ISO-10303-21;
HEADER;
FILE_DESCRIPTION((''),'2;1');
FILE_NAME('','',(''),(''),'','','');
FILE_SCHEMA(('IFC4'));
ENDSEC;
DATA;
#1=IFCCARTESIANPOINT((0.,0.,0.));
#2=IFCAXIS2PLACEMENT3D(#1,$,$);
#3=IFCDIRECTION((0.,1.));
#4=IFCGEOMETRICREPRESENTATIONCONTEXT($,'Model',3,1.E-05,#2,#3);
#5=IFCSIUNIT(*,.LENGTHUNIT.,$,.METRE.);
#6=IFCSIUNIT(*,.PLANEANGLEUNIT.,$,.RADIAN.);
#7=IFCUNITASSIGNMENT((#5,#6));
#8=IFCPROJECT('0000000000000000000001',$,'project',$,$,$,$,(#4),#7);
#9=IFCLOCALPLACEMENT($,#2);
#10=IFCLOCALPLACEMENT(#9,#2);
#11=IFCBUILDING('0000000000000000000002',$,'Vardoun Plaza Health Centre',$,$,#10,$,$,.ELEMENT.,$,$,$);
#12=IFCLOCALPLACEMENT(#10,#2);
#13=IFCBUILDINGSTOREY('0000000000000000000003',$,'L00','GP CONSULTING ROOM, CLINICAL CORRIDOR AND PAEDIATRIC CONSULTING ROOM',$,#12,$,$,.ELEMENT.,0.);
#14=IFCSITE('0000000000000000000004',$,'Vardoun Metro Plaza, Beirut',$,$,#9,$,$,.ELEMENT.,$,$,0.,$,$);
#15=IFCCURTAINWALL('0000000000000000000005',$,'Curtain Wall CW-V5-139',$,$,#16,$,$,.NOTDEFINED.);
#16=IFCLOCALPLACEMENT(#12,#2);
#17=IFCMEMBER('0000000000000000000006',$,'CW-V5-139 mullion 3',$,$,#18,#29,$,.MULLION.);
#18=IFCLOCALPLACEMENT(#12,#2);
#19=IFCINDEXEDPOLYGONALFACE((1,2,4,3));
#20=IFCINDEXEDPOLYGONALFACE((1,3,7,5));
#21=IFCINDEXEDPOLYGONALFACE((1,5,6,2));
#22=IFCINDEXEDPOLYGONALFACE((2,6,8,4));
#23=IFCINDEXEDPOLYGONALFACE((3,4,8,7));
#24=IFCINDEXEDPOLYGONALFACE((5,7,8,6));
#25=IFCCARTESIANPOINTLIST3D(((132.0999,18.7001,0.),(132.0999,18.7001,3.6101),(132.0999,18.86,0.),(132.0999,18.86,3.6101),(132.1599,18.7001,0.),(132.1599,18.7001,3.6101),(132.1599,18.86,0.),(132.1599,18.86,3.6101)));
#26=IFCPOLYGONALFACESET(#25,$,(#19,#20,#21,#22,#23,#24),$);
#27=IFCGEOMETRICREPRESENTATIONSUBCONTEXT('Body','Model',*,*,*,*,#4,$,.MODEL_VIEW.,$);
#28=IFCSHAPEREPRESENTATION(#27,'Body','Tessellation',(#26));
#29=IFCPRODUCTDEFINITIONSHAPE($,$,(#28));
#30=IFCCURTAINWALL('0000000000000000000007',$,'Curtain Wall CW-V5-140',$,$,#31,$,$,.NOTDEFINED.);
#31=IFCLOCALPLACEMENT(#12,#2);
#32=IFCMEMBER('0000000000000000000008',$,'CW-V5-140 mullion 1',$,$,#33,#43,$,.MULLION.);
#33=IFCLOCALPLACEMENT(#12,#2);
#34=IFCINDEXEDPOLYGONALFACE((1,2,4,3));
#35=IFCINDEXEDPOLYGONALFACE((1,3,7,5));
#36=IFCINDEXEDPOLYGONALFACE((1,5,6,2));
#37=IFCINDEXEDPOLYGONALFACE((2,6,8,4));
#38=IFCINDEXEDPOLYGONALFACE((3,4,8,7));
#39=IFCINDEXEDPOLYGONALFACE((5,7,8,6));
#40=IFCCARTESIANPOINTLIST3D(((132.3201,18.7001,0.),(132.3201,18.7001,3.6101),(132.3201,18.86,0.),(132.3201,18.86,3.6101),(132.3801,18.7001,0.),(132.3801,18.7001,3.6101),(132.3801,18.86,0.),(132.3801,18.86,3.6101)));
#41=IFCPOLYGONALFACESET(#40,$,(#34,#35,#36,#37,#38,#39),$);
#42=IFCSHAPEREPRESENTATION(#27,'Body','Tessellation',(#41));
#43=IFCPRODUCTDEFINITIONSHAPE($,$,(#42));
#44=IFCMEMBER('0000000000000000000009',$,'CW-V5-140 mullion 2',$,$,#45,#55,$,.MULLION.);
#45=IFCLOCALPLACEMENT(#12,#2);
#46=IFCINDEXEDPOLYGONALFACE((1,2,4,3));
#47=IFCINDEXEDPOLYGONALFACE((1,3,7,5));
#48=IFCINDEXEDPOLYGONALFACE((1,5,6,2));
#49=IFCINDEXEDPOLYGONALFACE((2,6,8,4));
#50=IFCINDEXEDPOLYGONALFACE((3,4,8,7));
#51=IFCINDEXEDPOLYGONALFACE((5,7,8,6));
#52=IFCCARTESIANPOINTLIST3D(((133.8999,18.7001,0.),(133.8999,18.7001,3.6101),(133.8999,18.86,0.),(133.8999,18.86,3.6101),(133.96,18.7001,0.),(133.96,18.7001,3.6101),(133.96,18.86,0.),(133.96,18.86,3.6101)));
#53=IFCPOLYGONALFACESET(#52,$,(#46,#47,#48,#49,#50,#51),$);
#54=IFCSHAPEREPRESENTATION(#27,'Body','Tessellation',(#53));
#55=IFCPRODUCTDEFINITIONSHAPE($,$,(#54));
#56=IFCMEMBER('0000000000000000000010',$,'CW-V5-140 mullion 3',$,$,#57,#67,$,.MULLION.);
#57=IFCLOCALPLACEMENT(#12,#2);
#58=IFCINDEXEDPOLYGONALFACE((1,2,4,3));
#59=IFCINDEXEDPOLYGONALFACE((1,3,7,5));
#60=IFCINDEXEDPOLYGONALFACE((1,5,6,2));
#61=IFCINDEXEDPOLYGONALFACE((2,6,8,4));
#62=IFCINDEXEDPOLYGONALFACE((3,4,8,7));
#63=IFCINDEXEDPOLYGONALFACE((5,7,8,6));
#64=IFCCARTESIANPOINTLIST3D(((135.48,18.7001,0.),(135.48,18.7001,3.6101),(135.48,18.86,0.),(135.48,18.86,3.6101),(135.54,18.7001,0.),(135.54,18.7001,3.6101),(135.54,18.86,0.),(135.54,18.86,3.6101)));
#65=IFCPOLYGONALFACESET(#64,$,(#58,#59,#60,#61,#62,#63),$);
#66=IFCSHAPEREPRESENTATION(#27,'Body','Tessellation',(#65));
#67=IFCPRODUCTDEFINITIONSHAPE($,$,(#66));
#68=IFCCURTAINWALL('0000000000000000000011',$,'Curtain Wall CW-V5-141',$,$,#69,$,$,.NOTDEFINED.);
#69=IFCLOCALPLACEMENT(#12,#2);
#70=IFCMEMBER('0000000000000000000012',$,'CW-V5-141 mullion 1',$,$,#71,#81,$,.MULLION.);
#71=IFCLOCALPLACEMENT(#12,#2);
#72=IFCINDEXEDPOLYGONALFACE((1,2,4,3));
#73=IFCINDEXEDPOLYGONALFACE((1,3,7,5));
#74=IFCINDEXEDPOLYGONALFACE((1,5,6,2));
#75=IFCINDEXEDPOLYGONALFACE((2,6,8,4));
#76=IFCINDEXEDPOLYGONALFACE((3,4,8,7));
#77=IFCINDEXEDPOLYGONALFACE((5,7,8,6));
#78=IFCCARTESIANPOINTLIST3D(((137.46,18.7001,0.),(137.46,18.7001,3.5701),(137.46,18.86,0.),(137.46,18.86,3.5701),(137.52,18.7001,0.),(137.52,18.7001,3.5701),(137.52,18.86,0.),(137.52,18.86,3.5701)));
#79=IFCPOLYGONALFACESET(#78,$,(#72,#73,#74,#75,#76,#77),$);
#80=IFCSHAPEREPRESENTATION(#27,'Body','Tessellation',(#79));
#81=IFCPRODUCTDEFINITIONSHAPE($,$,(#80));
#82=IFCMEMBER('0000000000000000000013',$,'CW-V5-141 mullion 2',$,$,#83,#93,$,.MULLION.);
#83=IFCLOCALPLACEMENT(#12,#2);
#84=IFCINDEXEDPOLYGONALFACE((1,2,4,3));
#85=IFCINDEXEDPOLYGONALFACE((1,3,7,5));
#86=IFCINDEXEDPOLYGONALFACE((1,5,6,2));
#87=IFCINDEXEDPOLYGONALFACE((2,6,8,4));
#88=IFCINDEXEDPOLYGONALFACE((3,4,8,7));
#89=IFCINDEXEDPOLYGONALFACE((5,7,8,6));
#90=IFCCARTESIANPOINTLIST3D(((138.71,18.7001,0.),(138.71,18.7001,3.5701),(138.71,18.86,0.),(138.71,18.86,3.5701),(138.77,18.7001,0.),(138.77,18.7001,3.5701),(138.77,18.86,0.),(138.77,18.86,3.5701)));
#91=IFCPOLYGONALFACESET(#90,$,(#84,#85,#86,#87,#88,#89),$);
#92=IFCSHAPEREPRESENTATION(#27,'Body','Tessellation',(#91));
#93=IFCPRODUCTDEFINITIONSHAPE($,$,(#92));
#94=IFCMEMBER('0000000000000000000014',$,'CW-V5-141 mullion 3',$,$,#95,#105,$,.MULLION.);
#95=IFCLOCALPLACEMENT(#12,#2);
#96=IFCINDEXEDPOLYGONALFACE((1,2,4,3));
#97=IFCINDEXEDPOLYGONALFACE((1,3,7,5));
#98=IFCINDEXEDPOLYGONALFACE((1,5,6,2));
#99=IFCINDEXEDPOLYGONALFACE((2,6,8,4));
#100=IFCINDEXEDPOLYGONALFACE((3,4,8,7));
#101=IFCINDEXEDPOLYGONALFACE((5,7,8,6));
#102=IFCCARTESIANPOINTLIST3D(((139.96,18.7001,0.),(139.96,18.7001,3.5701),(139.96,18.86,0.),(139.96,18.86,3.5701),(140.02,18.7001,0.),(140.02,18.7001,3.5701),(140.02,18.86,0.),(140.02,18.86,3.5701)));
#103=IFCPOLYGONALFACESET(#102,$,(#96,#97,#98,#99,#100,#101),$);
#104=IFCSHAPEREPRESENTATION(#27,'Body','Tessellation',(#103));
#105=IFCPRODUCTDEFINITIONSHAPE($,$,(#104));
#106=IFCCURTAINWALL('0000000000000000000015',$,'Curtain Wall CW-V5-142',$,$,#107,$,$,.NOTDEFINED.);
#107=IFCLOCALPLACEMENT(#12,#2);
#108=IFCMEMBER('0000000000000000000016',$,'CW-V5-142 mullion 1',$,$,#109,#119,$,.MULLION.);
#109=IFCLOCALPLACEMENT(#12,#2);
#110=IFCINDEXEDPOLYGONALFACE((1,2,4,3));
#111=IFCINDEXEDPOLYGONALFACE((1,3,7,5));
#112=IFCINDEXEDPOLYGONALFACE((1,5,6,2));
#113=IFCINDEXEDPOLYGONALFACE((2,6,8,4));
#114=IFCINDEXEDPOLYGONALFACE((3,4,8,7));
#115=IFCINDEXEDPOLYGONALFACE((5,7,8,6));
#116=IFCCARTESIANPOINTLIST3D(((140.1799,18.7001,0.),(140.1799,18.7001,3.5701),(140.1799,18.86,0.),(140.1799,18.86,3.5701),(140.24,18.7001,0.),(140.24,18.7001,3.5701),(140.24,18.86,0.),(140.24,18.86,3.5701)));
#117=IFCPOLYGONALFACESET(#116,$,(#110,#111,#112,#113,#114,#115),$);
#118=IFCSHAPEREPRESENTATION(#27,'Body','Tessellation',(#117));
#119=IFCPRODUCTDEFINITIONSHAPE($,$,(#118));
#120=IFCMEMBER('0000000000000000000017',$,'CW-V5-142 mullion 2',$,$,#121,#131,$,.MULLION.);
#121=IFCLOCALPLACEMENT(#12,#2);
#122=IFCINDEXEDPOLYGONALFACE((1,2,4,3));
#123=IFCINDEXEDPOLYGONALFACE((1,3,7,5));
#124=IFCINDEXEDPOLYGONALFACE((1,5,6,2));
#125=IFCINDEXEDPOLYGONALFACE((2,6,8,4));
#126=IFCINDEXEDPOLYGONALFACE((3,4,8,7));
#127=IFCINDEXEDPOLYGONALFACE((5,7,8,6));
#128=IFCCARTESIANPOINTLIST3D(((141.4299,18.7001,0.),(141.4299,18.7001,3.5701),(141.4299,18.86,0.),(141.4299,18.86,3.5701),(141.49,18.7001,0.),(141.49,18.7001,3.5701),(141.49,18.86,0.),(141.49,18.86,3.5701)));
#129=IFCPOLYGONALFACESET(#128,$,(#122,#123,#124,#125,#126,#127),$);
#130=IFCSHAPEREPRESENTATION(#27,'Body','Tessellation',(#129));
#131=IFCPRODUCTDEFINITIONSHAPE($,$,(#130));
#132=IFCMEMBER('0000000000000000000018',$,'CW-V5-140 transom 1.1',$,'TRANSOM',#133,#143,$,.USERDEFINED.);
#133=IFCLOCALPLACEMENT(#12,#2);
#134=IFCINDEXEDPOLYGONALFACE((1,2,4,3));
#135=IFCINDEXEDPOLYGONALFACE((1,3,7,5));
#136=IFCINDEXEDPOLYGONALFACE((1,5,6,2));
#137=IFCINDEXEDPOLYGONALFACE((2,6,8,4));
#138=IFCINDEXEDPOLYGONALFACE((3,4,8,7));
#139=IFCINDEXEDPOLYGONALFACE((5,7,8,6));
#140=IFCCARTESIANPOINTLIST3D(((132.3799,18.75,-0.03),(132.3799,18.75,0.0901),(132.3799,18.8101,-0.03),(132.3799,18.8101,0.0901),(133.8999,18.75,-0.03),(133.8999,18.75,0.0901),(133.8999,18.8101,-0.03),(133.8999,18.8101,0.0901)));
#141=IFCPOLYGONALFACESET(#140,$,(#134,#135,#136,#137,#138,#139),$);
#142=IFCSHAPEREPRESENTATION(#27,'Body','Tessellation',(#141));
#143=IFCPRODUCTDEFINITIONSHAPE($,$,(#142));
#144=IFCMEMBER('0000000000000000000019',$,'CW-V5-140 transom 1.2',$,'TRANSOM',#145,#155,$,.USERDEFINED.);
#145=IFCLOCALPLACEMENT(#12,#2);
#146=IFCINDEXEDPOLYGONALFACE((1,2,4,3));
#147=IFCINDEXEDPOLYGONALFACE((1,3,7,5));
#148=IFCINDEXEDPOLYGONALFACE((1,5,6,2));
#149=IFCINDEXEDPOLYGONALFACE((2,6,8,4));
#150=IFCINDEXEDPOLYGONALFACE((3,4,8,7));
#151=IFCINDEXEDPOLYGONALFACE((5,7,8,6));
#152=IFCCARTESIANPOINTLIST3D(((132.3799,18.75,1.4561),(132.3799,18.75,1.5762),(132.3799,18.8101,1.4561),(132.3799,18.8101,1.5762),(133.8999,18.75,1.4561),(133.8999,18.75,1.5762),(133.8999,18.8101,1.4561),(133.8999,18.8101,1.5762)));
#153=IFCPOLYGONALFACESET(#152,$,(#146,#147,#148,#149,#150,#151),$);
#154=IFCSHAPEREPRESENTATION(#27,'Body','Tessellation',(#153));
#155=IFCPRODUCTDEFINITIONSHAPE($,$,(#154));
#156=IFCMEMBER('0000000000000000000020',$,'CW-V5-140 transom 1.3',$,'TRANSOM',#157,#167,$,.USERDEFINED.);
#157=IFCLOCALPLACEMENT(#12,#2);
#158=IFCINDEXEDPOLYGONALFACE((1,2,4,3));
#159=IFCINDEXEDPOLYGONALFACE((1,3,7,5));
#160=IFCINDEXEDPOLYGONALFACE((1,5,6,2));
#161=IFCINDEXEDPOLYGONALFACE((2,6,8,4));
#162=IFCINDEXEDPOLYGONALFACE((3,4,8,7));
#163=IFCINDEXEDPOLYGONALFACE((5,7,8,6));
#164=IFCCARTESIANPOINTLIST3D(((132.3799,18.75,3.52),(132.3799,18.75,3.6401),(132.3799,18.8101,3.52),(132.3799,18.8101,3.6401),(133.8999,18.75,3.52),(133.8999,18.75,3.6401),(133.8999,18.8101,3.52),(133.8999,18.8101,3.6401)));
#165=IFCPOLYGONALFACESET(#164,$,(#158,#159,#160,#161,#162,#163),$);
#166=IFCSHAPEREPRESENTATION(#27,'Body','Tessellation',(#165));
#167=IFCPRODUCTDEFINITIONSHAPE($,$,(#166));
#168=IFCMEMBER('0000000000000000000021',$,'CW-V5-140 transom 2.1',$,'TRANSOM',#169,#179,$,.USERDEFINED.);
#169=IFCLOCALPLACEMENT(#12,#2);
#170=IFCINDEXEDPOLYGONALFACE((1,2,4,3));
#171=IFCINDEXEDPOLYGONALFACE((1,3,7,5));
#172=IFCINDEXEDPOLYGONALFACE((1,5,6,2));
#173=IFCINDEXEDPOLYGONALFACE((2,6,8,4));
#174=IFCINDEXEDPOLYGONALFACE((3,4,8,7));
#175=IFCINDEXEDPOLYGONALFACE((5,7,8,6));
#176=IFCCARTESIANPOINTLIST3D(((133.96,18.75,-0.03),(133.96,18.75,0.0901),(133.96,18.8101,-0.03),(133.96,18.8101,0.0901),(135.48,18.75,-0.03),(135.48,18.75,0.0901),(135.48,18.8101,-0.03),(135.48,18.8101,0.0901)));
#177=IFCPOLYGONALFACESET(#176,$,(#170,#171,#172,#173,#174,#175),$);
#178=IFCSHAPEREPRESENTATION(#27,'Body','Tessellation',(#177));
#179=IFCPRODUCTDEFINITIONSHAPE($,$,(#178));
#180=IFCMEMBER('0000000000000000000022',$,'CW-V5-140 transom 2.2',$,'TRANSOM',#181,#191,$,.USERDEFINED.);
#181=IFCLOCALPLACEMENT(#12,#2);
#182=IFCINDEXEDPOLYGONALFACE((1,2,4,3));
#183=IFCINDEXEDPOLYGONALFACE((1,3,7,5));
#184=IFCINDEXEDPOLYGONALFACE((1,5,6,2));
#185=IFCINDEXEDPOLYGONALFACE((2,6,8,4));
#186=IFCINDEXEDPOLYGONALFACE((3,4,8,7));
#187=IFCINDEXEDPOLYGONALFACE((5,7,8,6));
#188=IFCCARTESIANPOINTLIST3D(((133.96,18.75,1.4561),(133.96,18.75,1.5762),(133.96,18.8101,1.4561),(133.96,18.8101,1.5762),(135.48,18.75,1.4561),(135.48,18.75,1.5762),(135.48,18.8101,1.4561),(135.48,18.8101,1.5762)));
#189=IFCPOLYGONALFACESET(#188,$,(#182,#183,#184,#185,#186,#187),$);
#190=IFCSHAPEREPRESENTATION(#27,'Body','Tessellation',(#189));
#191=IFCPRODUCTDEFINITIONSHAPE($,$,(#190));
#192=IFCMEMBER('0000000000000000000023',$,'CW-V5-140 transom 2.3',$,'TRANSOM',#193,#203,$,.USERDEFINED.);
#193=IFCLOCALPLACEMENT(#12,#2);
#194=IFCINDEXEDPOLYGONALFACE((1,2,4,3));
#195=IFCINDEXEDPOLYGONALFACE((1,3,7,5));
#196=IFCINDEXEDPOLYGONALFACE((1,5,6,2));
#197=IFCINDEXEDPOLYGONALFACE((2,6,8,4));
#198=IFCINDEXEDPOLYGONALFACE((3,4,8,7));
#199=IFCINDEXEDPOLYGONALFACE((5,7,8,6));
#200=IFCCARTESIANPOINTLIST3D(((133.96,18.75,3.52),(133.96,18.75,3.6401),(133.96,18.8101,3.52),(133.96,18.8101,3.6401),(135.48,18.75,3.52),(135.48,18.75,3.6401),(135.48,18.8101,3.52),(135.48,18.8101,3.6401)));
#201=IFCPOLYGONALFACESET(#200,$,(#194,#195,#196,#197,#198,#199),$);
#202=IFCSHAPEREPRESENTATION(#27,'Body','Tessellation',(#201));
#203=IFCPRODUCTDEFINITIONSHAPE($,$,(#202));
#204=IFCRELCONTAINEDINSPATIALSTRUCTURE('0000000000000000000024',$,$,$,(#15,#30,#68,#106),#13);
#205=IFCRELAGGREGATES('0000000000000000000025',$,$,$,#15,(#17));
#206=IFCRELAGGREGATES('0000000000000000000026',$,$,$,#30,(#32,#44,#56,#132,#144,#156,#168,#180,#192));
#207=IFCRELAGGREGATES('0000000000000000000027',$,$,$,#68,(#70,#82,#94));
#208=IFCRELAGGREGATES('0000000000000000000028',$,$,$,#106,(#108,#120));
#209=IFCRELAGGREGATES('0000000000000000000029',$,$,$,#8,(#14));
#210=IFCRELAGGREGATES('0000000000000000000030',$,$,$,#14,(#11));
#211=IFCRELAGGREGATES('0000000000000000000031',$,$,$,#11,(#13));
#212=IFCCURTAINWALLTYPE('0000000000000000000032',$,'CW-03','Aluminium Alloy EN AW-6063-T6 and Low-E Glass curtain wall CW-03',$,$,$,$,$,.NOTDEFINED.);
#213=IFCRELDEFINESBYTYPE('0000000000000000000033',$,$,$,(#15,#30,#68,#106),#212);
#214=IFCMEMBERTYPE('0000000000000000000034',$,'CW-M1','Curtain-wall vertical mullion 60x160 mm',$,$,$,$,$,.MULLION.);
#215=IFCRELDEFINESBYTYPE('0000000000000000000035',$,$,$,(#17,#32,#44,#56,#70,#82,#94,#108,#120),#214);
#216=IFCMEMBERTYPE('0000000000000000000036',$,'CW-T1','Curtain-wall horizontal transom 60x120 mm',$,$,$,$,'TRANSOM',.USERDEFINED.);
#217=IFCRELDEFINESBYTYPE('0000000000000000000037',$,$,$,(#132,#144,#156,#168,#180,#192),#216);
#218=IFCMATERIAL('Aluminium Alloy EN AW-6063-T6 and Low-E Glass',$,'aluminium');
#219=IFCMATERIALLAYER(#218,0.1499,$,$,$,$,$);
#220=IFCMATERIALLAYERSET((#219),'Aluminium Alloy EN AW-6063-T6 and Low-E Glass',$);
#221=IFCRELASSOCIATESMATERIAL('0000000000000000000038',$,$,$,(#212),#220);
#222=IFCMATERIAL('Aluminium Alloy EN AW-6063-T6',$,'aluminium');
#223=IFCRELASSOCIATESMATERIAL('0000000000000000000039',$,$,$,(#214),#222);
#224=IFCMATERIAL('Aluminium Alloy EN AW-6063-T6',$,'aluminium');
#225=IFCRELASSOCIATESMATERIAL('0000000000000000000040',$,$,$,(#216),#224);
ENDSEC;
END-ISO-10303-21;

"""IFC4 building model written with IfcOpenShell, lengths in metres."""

from ifc_helpers import new_model, si_unit, direction, frame, origin, origin_2d, place, context, subcontext, project, spatial, rectangle, extrude, material, layer, layer_set, material_profile, profile_set, type_object, element, aggregate, save


model = new_model("IFC4")

# Units and contexts
model_context = context("Model", 3, precision=1e-05, world=origin(), true_north=direction((0.0, 1.0)))
body_context = subcontext(model_context, "Body", "Model", "MODEL_VIEW")
ifc_project = project(units=[si_unit("LENGTHUNIT", "METRE"), si_unit("PLANEANGLEUNIT", "RADIAN")], contexts=[model_context])

# Site, building, storey
site_placement = place(None, origin())
site = spatial("IfcSite", under=ifc_project, at=site_placement, Name="Vardoun Metro Plaza, Beirut", CompositionType="ELEMENT", RefElevation=0.0)
building_placement = place(site_placement, origin())
building = spatial("IfcBuilding", under=site, at=building_placement, Name="Vardoun Plaza Health Centre", CompositionType="ELEMENT")
storey_placement = place(building_placement, origin())
storey = spatial("IfcBuildingStorey", under=building, at=storey_placement, Name="L00", Description="GP CONSULTING ROOM, CLINICAL CORRIDOR AND PAEDIATRIC CONSULTING ROOM", CompositionType="ELEMENT", Elevation=0.0)

# Curtain wall, member
ifc_material_1 = material(Name="Aluminium Alloy EN AW-6063-T6 and Low-E Glass", Category="aluminium")
ifc_layer_1 = layer(ifc_material_1, 0.1499)
ifc_layer_set_1 = layer_set([ifc_layer_1], Name="Aluminium Alloy EN AW-6063-T6 and Low-E Glass")
curtain_wall_type = type_object("IfcCurtainWallType", Name="CW-03", Description="Aluminium Alloy EN AW-6063-T6 and Low-E Glass curtain wall CW-03", PredefinedType="NOTDEFINED", material=ifc_layer_set_1)
curtain_wall_1_placement = place(storey_placement, origin())
curtain_wall_1 = element("IfcCurtainWall", 1, at=curtain_wall_1_placement, inside=storey, type_object=curtain_wall_type, Name="Curtain Wall CW-V5-139", PredefinedType="NOTDEFINED")
ifc_material_2 = material(Name="Aluminium Alloy EN AW-6063-T6", Category="aluminium")
ifc_material_profile_1 = material_profile(ifc_material_2, rectangle(XDim=0.1599, YDim=0.0601, at=origin_2d()), Name="CWM 60x160")
ifc_profile_set_1 = profile_set([ifc_material_profile_1], Name="Aluminium Alloy EN AW-6063-T6")
member_type_1 = type_object("IfcMemberType", Name="CW-M1", Description="Curtain-wall vertical mullion 60x160 mm", PredefinedType="MULLION", material=ifc_profile_set_1)
member_1_placement = place(storey_placement, frame((132.1299, 18.78, 0.0), z_axis=(0.0, 0.0, 1.0), x_axis=(0.0, 1.0, 0.0)))
member_1 = element("IfcMember", 2, at=member_1_placement, type_object=member_type_1, Name="CW-V5-139 mullion 3", PredefinedType="MULLION", context=body_context, shape_type="SweptSolid", body=[
    extrude(rectangle(XDim=0.1599, YDim=0.0601, at=origin_2d()), origin(), (0.0, 0.0, 1.0), 3.6101),
])

# Curtain walls, members
curtain_wall_2_placement = place(storey_placement, origin())
curtain_wall_2 = element("IfcCurtainWall", 3, at=curtain_wall_2_placement, inside=storey, type_object=curtain_wall_type, Name="Curtain Wall CW-V5-140", PredefinedType="NOTDEFINED")
member_2_placement = place(storey_placement, frame((132.3501, 18.78, 0.0), z_axis=(0.0, 0.0, 1.0), x_axis=(0.0, 1.0, 0.0)))
member_2 = element("IfcMember", 4, at=member_2_placement, type_object=member_type_1, Name="CW-V5-140 mullion 1", PredefinedType="MULLION", context=body_context, shape_type="SweptSolid", body=[
    extrude(rectangle(XDim=0.1599, YDim=0.0601, at=origin_2d()), origin(), (0.0, 0.0, 1.0), 3.6101),
])
member_3_placement = place(storey_placement, frame((133.9299, 18.78, 0.0), z_axis=(0.0, 0.0, 1.0), x_axis=(0.0, 1.0, 0.0)))
member_3 = element("IfcMember", 5, at=member_3_placement, type_object=member_type_1, Name="CW-V5-140 mullion 2", PredefinedType="MULLION", context=body_context, shape_type="SweptSolid", body=[
    extrude(rectangle(XDim=0.1599, YDim=0.0601, at=origin_2d()), origin(), (0.0, 0.0, 1.0), 3.6101),
])
member_4_placement = place(storey_placement, frame((135.51, 18.78, 0.0), z_axis=(0.0, 0.0, 1.0), x_axis=(0.0, 1.0, 0.0)))
member_4 = element("IfcMember", 6, at=member_4_placement, type_object=member_type_1, Name="CW-V5-140 mullion 3", PredefinedType="MULLION", context=body_context, shape_type="SweptSolid", body=[
    extrude(rectangle(XDim=0.1599, YDim=0.0601, at=origin_2d()), origin(), (0.0, 0.0, 1.0), 3.6101),
])
curtain_wall_3_placement = place(storey_placement, origin())
curtain_wall_3 = element("IfcCurtainWall", 7, at=curtain_wall_3_placement, inside=storey, type_object=curtain_wall_type, Name="Curtain Wall CW-V5-141", PredefinedType="NOTDEFINED")
member_5_placement = place(storey_placement, frame((137.49, 18.78, 0.0), z_axis=(0.0, 0.0, 1.0), x_axis=(0.0, 1.0, 0.0)))
member_5 = element("IfcMember", 8, at=member_5_placement, type_object=member_type_1, Name="CW-V5-141 mullion 1", PredefinedType="MULLION", context=body_context, shape_type="SweptSolid", body=[
    extrude(rectangle(XDim=0.1599, YDim=0.0601, at=origin_2d()), origin(), (0.0, 0.0, 1.0), 3.5701),
])
member_6_placement = place(storey_placement, frame((138.74, 18.78, 0.0), z_axis=(0.0, 0.0, 1.0), x_axis=(0.0, 1.0, 0.0)))
member_6 = element("IfcMember", 9, at=member_6_placement, type_object=member_type_1, Name="CW-V5-141 mullion 2", PredefinedType="MULLION", context=body_context, shape_type="SweptSolid", body=[
    extrude(rectangle(XDim=0.1599, YDim=0.0601, at=origin_2d()), origin(), (0.0, 0.0, 1.0), 3.5701),
])
member_7_placement = place(storey_placement, frame((139.99, 18.78, 0.0), z_axis=(0.0, 0.0, 1.0), x_axis=(0.0, 1.0, 0.0)))
member_7 = element("IfcMember", 10, at=member_7_placement, type_object=member_type_1, Name="CW-V5-141 mullion 3", PredefinedType="MULLION", context=body_context, shape_type="SweptSolid", body=[
    extrude(rectangle(XDim=0.1599, YDim=0.0601, at=origin_2d()), origin(), (0.0, 0.0, 1.0), 3.5701),
])
curtain_wall_4_placement = place(storey_placement, origin())
curtain_wall_4 = element("IfcCurtainWall", 11, at=curtain_wall_4_placement, inside=storey, type_object=curtain_wall_type, Name="Curtain Wall CW-V5-142", PredefinedType="NOTDEFINED")
member_8_placement = place(storey_placement, frame((140.21, 18.78, 0.0), z_axis=(0.0, 0.0, 1.0), x_axis=(0.0, 1.0, 0.0)))
member_8 = element("IfcMember", 12, at=member_8_placement, type_object=member_type_1, Name="CW-V5-142 mullion 1", PredefinedType="MULLION", context=body_context, shape_type="SweptSolid", body=[
    extrude(rectangle(XDim=0.1599, YDim=0.0601, at=origin_2d()), origin(), (0.0, 0.0, 1.0), 3.5701),
])
member_9_placement = place(storey_placement, frame((141.46, 18.78, 0.0), z_axis=(0.0, 0.0, 1.0), x_axis=(0.0, 1.0, 0.0)))
member_9 = element("IfcMember", 13, at=member_9_placement, type_object=member_type_1, Name="CW-V5-142 mullion 2", PredefinedType="MULLION", context=body_context, shape_type="SweptSolid", body=[
    extrude(rectangle(XDim=0.1599, YDim=0.0601, at=origin_2d()), origin(), (0.0, 0.0, 1.0), 3.5701),
])

# Members
ifc_material_3 = material(Name="Aluminium Alloy EN AW-6063-T6", Category="aluminium")
ifc_material_profile_2 = material_profile(ifc_material_3, rectangle(XDim=0.0601, YDim=0.1201, at=origin_2d()), Name="CWT 60x120")
ifc_profile_set_2 = profile_set([ifc_material_profile_2], Name="Aluminium Alloy EN AW-6063-T6")
member_type_2 = type_object("IfcMemberType", Name="CW-T1", Description="Curtain-wall horizontal transom 60x120 mm", ElementType="TRANSOM", PredefinedType="USERDEFINED", material=ifc_profile_set_2)
member_10_placement = place(storey_placement, frame((132.3799, 18.78, 0.03), z_axis=(1.0, 0.0, 0.0), x_axis=(0.0, 1.0, 0.0)))
member_10 = element("IfcMember", 14, at=member_10_placement, type_object=member_type_2, Name="CW-V5-140 transom 1.1", ObjectType="TRANSOM", PredefinedType="USERDEFINED", context=body_context, shape_type="SweptSolid", body=[
    extrude(rectangle(XDim=0.0601, YDim=0.1201, at=origin_2d()), origin(), (0.0, 0.0, 1.0), 1.52),
])
member_11_placement = place(storey_placement, frame((132.3799, 18.78, 1.5161), z_axis=(1.0, 0.0, 0.0), x_axis=(0.0, 1.0, 0.0)))
member_11 = element("IfcMember", 15, at=member_11_placement, type_object=member_type_2, Name="CW-V5-140 transom 1.2", ObjectType="TRANSOM", PredefinedType="USERDEFINED", context=body_context, shape_type="SweptSolid", body=[
    extrude(rectangle(XDim=0.0601, YDim=0.1201, at=origin_2d()), origin(), (0.0, 0.0, 1.0), 1.52),
])
member_12_placement = place(storey_placement, frame((132.3799, 18.78, 3.5801), z_axis=(1.0, 0.0, 0.0), x_axis=(0.0, 1.0, 0.0)))
member_12 = element("IfcMember", 16, at=member_12_placement, type_object=member_type_2, Name="CW-V5-140 transom 1.3", ObjectType="TRANSOM", PredefinedType="USERDEFINED", context=body_context, shape_type="SweptSolid", body=[
    extrude(rectangle(XDim=0.0601, YDim=0.1201, at=origin_2d()), origin(), (0.0, 0.0, 1.0), 1.52),
])
member_13_placement = place(storey_placement, frame((133.96, 18.78, 0.03), z_axis=(1.0, 0.0, 0.0), x_axis=(0.0, 1.0, 0.0)))
member_13 = element("IfcMember", 17, at=member_13_placement, type_object=member_type_2, Name="CW-V5-140 transom 2.1", ObjectType="TRANSOM", PredefinedType="USERDEFINED", context=body_context, shape_type="SweptSolid", body=[
    extrude(rectangle(XDim=0.0601, YDim=0.1201, at=origin_2d()), origin(), (0.0, 0.0, 1.0), 1.52),
])
member_14_placement = place(storey_placement, frame((133.96, 18.78, 1.5161), z_axis=(1.0, 0.0, 0.0), x_axis=(0.0, 1.0, 0.0)))
member_14 = element("IfcMember", 18, at=member_14_placement, type_object=member_type_2, Name="CW-V5-140 transom 2.2", ObjectType="TRANSOM", PredefinedType="USERDEFINED", context=body_context, shape_type="SweptSolid", body=[
    extrude(rectangle(XDim=0.0601, YDim=0.1201, at=origin_2d()), origin(), (0.0, 0.0, 1.0), 1.52),
])
member_15_placement = place(storey_placement, frame((133.96, 18.78, 3.5801), z_axis=(1.0, 0.0, 0.0), x_axis=(0.0, 1.0, 0.0)))
member_15 = element("IfcMember", 19, at=member_15_placement, type_object=member_type_2, Name="CW-V5-140 transom 2.3", ObjectType="TRANSOM", PredefinedType="USERDEFINED", context=body_context, shape_type="SweptSolid", body=[
    extrude(rectangle(XDim=0.0601, YDim=0.1201, at=origin_2d()), origin(), (0.0, 0.0, 1.0), 1.52),
])

aggregate(curtain_wall_1, [member_1])
aggregate(curtain_wall_2, [member_2, member_3, member_4, member_10, member_11, member_12, member_13, member_14, member_15])
aggregate(curtain_wall_3, [member_5, member_6, member_7])
aggregate(curtain_wall_4, [member_8, member_9])

save(model, "model.ifc")
